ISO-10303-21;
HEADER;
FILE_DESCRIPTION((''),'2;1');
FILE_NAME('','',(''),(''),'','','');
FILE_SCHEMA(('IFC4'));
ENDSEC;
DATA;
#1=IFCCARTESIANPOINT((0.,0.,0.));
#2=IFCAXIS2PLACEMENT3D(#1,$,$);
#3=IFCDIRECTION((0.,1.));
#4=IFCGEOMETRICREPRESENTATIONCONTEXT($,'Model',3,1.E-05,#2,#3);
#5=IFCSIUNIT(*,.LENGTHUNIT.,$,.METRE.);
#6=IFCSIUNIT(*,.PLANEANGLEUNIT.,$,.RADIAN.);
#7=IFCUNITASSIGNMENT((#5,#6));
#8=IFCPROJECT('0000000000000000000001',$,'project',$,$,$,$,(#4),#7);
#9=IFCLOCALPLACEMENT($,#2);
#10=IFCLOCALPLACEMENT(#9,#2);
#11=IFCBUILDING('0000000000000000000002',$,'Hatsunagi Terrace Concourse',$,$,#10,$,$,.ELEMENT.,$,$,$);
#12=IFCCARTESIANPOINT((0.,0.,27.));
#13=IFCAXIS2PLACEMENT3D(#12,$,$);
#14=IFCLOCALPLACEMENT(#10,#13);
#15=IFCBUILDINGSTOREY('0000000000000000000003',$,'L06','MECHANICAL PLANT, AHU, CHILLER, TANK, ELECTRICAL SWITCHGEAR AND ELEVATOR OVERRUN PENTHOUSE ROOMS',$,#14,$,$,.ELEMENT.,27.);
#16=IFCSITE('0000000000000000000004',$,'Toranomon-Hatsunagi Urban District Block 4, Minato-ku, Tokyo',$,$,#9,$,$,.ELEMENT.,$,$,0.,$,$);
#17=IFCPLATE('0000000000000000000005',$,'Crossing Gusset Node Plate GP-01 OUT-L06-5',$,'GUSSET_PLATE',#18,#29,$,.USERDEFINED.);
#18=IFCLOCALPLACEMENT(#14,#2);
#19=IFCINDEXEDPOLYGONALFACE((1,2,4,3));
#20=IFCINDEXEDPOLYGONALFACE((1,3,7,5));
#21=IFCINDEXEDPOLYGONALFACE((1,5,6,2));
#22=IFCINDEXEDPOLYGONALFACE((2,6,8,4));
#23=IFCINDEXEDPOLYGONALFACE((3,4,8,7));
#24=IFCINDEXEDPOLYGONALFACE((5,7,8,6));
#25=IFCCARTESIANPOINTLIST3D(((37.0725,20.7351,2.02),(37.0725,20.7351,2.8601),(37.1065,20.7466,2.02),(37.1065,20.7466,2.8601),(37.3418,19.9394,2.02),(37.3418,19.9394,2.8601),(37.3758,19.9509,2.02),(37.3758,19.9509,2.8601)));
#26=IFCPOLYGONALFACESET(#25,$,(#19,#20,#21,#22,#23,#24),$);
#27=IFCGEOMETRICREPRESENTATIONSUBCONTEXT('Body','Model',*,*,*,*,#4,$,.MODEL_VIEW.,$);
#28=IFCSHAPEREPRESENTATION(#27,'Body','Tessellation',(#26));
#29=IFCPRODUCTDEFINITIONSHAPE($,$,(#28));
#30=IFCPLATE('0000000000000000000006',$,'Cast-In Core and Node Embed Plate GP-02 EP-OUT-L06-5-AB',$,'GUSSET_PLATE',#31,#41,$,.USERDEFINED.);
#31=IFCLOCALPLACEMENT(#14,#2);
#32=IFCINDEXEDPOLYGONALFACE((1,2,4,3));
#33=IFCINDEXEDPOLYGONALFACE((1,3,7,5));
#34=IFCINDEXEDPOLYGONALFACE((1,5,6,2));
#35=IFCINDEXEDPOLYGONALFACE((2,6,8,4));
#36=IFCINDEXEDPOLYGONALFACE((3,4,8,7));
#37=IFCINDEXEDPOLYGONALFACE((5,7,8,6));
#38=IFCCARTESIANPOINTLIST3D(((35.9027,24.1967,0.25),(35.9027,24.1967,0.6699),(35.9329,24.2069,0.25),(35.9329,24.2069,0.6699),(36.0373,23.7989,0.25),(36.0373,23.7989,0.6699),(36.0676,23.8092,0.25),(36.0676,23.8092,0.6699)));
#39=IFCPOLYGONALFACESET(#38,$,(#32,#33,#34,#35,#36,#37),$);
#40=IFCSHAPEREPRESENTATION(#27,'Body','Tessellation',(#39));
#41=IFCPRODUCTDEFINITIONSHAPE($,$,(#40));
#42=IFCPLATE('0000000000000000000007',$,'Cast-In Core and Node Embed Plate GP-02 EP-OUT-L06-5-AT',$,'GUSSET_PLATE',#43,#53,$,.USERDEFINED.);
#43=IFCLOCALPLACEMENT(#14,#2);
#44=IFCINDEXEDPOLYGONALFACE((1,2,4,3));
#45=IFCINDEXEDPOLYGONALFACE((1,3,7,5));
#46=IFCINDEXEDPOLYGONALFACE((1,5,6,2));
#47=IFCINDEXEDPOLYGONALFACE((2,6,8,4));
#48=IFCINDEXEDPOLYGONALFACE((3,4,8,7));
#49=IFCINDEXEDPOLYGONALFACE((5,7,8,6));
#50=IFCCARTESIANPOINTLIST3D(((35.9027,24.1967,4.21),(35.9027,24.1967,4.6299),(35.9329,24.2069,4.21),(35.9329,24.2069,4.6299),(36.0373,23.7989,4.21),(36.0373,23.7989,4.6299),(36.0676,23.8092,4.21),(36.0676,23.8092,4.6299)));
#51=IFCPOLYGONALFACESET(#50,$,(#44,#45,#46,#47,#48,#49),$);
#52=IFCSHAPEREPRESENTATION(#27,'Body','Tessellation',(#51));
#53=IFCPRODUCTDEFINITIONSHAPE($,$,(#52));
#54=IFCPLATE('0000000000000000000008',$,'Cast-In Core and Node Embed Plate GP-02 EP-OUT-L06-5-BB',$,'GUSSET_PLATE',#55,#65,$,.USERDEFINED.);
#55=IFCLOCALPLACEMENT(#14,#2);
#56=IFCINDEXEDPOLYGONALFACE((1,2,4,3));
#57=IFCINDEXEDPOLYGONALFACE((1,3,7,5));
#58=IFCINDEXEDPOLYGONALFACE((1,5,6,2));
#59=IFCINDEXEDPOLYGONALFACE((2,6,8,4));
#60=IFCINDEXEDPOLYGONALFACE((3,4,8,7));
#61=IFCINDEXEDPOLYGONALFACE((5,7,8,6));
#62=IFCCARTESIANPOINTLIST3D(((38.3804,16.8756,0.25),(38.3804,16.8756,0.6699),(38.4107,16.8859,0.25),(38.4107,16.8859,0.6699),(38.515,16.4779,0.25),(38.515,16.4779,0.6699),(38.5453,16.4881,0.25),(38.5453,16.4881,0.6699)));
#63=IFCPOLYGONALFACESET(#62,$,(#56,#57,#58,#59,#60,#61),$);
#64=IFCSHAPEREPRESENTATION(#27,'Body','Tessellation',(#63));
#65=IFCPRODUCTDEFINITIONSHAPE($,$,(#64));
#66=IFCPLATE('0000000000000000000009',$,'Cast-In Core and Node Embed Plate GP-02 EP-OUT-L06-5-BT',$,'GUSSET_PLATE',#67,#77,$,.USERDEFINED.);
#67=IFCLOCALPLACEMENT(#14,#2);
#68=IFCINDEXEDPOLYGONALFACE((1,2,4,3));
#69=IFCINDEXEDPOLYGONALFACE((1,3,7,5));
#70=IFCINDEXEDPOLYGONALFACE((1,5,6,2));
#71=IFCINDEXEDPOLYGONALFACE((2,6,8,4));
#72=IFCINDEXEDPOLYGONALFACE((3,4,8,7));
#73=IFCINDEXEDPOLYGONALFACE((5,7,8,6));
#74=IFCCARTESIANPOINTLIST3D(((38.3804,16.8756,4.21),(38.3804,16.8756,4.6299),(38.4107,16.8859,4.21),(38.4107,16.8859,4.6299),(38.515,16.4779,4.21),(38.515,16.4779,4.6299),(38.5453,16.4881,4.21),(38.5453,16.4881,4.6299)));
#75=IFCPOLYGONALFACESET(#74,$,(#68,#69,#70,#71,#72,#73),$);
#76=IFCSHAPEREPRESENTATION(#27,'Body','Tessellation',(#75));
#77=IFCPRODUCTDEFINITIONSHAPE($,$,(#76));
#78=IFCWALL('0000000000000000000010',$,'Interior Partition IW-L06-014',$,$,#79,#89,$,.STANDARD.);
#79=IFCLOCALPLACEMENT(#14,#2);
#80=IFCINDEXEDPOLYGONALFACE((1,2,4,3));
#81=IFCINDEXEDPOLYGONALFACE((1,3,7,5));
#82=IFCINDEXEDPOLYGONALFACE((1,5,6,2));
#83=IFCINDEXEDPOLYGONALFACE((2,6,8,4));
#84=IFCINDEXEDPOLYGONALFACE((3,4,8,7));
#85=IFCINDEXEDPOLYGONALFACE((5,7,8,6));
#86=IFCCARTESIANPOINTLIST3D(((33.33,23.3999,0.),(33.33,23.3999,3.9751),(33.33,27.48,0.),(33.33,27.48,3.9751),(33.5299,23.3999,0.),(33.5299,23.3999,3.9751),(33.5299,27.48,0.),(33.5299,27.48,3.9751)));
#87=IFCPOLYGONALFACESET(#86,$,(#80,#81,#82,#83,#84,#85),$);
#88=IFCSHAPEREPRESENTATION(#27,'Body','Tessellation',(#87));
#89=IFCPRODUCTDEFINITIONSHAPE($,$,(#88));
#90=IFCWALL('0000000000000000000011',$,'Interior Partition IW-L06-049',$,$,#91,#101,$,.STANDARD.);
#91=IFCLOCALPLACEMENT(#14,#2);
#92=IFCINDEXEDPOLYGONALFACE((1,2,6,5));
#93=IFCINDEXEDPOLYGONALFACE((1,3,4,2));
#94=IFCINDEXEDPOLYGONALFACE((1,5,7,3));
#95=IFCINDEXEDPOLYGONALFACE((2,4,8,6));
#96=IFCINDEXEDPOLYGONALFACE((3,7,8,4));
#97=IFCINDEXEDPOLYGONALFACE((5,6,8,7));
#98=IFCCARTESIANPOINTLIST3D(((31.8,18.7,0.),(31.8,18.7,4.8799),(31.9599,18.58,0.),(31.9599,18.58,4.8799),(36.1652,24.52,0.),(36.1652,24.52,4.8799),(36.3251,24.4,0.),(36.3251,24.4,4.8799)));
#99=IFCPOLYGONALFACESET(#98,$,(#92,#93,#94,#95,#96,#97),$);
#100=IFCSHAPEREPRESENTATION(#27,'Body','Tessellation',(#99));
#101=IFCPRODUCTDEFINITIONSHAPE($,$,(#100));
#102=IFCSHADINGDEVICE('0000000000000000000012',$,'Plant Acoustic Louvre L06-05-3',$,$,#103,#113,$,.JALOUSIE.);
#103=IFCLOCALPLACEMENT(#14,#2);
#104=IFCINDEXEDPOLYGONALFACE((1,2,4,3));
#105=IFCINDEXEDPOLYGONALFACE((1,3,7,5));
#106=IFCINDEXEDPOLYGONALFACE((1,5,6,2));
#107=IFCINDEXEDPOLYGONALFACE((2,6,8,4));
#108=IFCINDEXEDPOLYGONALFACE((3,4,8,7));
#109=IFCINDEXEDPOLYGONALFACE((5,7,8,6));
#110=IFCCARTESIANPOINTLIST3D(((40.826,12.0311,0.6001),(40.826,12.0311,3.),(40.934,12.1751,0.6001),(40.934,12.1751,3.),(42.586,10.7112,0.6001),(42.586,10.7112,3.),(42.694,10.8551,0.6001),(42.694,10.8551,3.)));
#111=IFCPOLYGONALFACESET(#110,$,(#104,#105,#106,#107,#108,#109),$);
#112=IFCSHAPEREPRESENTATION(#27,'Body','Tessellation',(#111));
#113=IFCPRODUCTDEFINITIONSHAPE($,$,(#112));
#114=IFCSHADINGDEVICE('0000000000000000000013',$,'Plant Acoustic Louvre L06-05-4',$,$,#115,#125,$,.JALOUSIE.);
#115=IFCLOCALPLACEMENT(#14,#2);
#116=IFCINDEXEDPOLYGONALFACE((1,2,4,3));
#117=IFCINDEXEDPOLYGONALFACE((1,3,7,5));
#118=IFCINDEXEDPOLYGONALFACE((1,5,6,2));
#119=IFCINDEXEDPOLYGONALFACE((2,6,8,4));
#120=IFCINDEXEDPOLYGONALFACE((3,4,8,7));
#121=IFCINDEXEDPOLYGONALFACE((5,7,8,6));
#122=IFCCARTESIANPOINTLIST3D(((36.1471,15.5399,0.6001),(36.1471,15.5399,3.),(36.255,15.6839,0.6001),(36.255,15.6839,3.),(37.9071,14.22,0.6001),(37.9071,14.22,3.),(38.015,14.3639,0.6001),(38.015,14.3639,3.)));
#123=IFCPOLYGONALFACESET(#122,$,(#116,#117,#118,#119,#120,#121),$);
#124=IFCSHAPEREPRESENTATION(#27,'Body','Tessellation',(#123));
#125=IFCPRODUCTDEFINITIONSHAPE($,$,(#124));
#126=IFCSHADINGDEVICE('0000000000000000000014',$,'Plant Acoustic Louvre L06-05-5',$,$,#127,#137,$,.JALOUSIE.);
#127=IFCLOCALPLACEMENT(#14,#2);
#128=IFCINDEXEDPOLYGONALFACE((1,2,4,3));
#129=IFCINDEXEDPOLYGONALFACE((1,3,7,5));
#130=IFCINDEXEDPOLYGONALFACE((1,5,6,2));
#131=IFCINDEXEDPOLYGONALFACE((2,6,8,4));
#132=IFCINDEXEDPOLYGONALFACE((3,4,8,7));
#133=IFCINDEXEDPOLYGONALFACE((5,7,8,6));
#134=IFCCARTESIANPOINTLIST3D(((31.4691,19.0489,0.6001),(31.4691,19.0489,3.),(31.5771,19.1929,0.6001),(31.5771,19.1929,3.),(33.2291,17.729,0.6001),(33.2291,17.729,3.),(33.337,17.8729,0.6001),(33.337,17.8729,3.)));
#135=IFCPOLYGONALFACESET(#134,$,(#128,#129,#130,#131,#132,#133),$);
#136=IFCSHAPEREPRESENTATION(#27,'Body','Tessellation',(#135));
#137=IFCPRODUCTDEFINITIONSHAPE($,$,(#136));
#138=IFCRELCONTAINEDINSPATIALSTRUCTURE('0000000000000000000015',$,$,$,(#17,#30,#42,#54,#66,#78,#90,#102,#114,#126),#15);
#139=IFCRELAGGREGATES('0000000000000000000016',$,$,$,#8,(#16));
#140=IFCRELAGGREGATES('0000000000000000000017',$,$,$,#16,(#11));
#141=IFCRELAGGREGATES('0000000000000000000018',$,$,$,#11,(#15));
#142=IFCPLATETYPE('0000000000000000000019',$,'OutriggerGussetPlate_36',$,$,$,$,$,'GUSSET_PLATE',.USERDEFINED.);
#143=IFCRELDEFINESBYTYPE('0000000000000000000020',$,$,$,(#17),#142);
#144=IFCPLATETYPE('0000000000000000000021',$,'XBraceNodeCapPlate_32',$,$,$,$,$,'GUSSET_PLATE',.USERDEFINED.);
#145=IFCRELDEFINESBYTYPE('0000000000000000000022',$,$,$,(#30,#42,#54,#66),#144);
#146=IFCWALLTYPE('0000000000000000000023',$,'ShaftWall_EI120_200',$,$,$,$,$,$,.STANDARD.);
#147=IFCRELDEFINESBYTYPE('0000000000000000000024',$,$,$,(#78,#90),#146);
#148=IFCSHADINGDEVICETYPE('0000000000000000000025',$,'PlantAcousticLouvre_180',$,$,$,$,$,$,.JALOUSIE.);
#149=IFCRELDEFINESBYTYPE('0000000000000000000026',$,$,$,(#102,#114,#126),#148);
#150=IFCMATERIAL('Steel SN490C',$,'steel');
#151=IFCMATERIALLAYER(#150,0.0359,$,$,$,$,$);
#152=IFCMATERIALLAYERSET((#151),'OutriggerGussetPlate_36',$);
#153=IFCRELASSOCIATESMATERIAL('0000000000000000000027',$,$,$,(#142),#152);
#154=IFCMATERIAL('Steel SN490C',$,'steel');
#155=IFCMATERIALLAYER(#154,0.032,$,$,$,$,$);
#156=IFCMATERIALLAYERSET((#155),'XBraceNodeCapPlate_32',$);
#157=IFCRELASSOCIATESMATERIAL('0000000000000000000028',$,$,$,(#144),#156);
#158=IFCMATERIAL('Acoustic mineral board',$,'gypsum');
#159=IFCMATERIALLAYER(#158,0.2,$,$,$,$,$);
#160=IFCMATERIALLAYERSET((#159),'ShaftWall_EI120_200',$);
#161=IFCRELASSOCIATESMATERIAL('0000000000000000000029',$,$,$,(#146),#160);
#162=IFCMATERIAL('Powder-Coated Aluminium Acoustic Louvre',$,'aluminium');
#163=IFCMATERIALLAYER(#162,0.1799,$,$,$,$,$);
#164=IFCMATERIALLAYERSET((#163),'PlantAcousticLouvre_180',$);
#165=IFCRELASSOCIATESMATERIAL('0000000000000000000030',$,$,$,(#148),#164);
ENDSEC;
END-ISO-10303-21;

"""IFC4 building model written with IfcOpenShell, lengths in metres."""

from ifc_helpers import new_model, si_unit, direction, frame, frame_2d, origin, origin_2d, place, context, subcontext, project, spatial, rectangle, extrude, material, layer, layer_set, type_object, element, save


model = new_model("IFC4")

# Units and contexts
model_context = context("Model", 3, precision=1e-05, world=origin(), true_north=direction((0.0, 1.0)))
body_context = subcontext(model_context, "Body", "Model", "MODEL_VIEW")
ifc_project = project(units=[si_unit("LENGTHUNIT", "METRE"), si_unit("PLANEANGLEUNIT", "RADIAN")], contexts=[model_context])

# Site, building, storey
site_placement = place(None, origin())
site = spatial("IfcSite", under=ifc_project, at=site_placement, Name="Toranomon-Hatsunagi Urban District Block 4, Minato-ku, Tokyo", CompositionType="ELEMENT", RefElevation=0.0)
building_placement = place(site_placement, origin())
building = spatial("IfcBuilding", under=site, at=building_placement, Name="Hatsunagi Terrace Concourse", CompositionType="ELEMENT")
storey_placement = place(building_placement, frame((0.0, 0.0, 27.0)))
storey = spatial("IfcBuildingStorey", under=building, at=storey_placement, Name="L06", Description="MECHANICAL PLANT, AHU, CHILLER, TANK, ELECTRICAL SWITCHGEAR AND ELEVATOR OVERRUN PENTHOUSE ROOMS", CompositionType="ELEMENT", Elevation=27.0)

# Plates
ifc_material_1 = material(Name="Steel SN490C", Category="steel")
ifc_layer_1 = layer(ifc_material_1, 0.0359)
ifc_layer_set_1 = layer_set([ifc_layer_1], Name="OutriggerGussetPlate_36")
plate_type_1 = type_object("IfcPlateType", Name="OutriggerGussetPlate_36", ElementType="GUSSET_PLATE", PredefinedType="USERDEFINED", material=ifc_layer_set_1)
plate_placement = place(storey_placement, frame((37.2241, 20.343, 2.02), z_axis=(0.0, 0.0, 1.0), x_axis=(0.320565, -0.947227, 0.0)))
element("IfcPlate", 1, at=plate_placement, inside=storey, type_object=plate_type_1, Name="Crossing Gusset Node Plate GP-01 OUT-L06-5", ObjectType="GUSSET_PLATE", PredefinedType="USERDEFINED", context=body_context, shape_type="SweptSolid", body=[
    extrude(rectangle(XDim=0.8401, YDim=0.0359, at=origin_2d()), origin(), (0.0, 0.0, 1.0), 0.8401),
])
ifc_material_2 = material(Name="Steel SN490C", Category="steel")
ifc_layer_2 = layer(ifc_material_2, 0.032)
ifc_layer_set_2 = layer_set([ifc_layer_2], Name="XBraceNodeCapPlate_32")
plate_type_2 = type_object("IfcPlateType", Name="XBraceNodeCapPlate_32", ElementType="GUSSET_PLATE", PredefinedType="USERDEFINED", material=ifc_layer_set_2)
for number, where, z_axis, x_axis, name in (
    (2, (35.9851, 24.0029, 0.25), (0.0, 0.0, 1.0), (0.320565, -0.947227, 0.0), "Cast-In Core and Node Embed Plate GP-02 EP-OUT-L06-5-AB"),
    (3, (35.9851, 24.0029, 4.21), (0.0, 0.0, 1.0), (0.320565, -0.947227, 0.0), "Cast-In Core and Node Embed Plate GP-02 EP-OUT-L06-5-AT"),
    (4, (38.4629, 16.6819, 0.25), (0.0, 0.0, 1.0), (0.320565, -0.947227, 0.0), "Cast-In Core and Node Embed Plate GP-02 EP-OUT-L06-5-BB"),
    (5, (38.4629, 16.6819, 4.21), (0.0, 0.0, 1.0), (0.320565, -0.947227, 0.0), "Cast-In Core and Node Embed Plate GP-02 EP-OUT-L06-5-BT"),
):
    element("IfcPlate", number, at=place(storey_placement, frame(where, z_axis=z_axis, x_axis=x_axis)), inside=storey, type_object=plate_type_2, Name=name, ObjectType="GUSSET_PLATE", PredefinedType="USERDEFINED", context=body_context, shape_type="SweptSolid", body=[
        extrude(rectangle(XDim=0.4199, YDim=0.032, at=origin_2d()), origin(), (0.0, 0.0, 1.0), 0.4199),
    ])

# Walls
ifc_material_3 = material(Name="Acoustic mineral board", Category="gypsum")
ifc_layer_3 = layer(ifc_material_3, 0.2)
ifc_layer_set_3 = layer_set([ifc_layer_3], Name="ShaftWall_EI120_200")
wall_type = type_object("IfcWallType", Name="ShaftWall_EI120_200", PredefinedType="STANDARD", material=ifc_layer_set_3)
wall_1_placement = place(storey_placement, frame((33.4299, 23.3999, 0.0), z_axis=(0.0, 0.0, 1.0), x_axis=(0.0, 1.0, 0.0)))
element("IfcWall", 6, at=wall_1_placement, inside=storey, type_object=wall_type, Name="Interior Partition IW-L06-014", PredefinedType="STANDARD", context=body_context, shape_type="SweptSolid", body=[
    extrude(rectangle(XDim=4.0801, YDim=0.2, at=frame_2d((2.04, 0.0))), origin(), (0.0, 0.0, 1.0), 3.9751),
])
wall_2_placement = place(storey_placement, frame((31.8799, 18.6399, 0.0), z_axis=(0.0, 0.0, 1.0), x_axis=(0.600016, 0.799988, 0.0)))
element("IfcWall", 7, at=wall_2_placement, inside=storey, type_object=wall_type, Name="Interior Partition IW-L06-049", PredefinedType="STANDARD", context=body_context, shape_type="SweptSolid", body=[
    extrude(rectangle(XDim=7.2751, YDim=0.2, at=frame_2d((3.6377, 0.0))), origin(), (0.0, 0.0, 1.0), 4.8799),
])

# Shading devices
ifc_material_4 = material(Name="Powder-Coated Aluminium Acoustic Louvre", Category="aluminium")
ifc_layer_4 = layer(ifc_material_4, 0.1799)
ifc_layer_set_4 = layer_set([ifc_layer_4], Name="PlantAcousticLouvre_180")
shading_device_type = type_object("IfcShadingDeviceType", Name="PlantAcousticLouvre_180", PredefinedType="JALOUSIE", material=ifc_layer_set_4)
for number, where, z_axis, x_axis, name in (
    (8, (41.76, 11.4431, 0.6001), (0.0, 0.0, 1.0), (-0.800003, 0.599996, 0.0), "Plant Acoustic Louvre L06-05-3"),
    (9, (37.0811, 14.9519, 0.6001), (0.0, 0.0, 1.0), (-0.800003, 0.599996, 0.0), "Plant Acoustic Louvre L06-05-4"),
    (10, (32.4031, 18.4609, 0.6001), (0.0, 0.0, 1.0), (-0.800003, 0.599996, 0.0), "Plant Acoustic Louvre L06-05-5"),
):
    element("IfcShadingDevice", number, at=place(storey_placement, frame(where, z_axis=z_axis, x_axis=x_axis)), inside=storey, type_object=shading_device_type, Name=name, PredefinedType="JALOUSIE", context=body_context, shape_type="SweptSolid", body=[
        extrude(rectangle(XDim=2.2, YDim=0.1799, at=origin_2d()), origin(), (0.0, 0.0, 1.0), 2.3999),
    ])

save(model, "model.ifc")
